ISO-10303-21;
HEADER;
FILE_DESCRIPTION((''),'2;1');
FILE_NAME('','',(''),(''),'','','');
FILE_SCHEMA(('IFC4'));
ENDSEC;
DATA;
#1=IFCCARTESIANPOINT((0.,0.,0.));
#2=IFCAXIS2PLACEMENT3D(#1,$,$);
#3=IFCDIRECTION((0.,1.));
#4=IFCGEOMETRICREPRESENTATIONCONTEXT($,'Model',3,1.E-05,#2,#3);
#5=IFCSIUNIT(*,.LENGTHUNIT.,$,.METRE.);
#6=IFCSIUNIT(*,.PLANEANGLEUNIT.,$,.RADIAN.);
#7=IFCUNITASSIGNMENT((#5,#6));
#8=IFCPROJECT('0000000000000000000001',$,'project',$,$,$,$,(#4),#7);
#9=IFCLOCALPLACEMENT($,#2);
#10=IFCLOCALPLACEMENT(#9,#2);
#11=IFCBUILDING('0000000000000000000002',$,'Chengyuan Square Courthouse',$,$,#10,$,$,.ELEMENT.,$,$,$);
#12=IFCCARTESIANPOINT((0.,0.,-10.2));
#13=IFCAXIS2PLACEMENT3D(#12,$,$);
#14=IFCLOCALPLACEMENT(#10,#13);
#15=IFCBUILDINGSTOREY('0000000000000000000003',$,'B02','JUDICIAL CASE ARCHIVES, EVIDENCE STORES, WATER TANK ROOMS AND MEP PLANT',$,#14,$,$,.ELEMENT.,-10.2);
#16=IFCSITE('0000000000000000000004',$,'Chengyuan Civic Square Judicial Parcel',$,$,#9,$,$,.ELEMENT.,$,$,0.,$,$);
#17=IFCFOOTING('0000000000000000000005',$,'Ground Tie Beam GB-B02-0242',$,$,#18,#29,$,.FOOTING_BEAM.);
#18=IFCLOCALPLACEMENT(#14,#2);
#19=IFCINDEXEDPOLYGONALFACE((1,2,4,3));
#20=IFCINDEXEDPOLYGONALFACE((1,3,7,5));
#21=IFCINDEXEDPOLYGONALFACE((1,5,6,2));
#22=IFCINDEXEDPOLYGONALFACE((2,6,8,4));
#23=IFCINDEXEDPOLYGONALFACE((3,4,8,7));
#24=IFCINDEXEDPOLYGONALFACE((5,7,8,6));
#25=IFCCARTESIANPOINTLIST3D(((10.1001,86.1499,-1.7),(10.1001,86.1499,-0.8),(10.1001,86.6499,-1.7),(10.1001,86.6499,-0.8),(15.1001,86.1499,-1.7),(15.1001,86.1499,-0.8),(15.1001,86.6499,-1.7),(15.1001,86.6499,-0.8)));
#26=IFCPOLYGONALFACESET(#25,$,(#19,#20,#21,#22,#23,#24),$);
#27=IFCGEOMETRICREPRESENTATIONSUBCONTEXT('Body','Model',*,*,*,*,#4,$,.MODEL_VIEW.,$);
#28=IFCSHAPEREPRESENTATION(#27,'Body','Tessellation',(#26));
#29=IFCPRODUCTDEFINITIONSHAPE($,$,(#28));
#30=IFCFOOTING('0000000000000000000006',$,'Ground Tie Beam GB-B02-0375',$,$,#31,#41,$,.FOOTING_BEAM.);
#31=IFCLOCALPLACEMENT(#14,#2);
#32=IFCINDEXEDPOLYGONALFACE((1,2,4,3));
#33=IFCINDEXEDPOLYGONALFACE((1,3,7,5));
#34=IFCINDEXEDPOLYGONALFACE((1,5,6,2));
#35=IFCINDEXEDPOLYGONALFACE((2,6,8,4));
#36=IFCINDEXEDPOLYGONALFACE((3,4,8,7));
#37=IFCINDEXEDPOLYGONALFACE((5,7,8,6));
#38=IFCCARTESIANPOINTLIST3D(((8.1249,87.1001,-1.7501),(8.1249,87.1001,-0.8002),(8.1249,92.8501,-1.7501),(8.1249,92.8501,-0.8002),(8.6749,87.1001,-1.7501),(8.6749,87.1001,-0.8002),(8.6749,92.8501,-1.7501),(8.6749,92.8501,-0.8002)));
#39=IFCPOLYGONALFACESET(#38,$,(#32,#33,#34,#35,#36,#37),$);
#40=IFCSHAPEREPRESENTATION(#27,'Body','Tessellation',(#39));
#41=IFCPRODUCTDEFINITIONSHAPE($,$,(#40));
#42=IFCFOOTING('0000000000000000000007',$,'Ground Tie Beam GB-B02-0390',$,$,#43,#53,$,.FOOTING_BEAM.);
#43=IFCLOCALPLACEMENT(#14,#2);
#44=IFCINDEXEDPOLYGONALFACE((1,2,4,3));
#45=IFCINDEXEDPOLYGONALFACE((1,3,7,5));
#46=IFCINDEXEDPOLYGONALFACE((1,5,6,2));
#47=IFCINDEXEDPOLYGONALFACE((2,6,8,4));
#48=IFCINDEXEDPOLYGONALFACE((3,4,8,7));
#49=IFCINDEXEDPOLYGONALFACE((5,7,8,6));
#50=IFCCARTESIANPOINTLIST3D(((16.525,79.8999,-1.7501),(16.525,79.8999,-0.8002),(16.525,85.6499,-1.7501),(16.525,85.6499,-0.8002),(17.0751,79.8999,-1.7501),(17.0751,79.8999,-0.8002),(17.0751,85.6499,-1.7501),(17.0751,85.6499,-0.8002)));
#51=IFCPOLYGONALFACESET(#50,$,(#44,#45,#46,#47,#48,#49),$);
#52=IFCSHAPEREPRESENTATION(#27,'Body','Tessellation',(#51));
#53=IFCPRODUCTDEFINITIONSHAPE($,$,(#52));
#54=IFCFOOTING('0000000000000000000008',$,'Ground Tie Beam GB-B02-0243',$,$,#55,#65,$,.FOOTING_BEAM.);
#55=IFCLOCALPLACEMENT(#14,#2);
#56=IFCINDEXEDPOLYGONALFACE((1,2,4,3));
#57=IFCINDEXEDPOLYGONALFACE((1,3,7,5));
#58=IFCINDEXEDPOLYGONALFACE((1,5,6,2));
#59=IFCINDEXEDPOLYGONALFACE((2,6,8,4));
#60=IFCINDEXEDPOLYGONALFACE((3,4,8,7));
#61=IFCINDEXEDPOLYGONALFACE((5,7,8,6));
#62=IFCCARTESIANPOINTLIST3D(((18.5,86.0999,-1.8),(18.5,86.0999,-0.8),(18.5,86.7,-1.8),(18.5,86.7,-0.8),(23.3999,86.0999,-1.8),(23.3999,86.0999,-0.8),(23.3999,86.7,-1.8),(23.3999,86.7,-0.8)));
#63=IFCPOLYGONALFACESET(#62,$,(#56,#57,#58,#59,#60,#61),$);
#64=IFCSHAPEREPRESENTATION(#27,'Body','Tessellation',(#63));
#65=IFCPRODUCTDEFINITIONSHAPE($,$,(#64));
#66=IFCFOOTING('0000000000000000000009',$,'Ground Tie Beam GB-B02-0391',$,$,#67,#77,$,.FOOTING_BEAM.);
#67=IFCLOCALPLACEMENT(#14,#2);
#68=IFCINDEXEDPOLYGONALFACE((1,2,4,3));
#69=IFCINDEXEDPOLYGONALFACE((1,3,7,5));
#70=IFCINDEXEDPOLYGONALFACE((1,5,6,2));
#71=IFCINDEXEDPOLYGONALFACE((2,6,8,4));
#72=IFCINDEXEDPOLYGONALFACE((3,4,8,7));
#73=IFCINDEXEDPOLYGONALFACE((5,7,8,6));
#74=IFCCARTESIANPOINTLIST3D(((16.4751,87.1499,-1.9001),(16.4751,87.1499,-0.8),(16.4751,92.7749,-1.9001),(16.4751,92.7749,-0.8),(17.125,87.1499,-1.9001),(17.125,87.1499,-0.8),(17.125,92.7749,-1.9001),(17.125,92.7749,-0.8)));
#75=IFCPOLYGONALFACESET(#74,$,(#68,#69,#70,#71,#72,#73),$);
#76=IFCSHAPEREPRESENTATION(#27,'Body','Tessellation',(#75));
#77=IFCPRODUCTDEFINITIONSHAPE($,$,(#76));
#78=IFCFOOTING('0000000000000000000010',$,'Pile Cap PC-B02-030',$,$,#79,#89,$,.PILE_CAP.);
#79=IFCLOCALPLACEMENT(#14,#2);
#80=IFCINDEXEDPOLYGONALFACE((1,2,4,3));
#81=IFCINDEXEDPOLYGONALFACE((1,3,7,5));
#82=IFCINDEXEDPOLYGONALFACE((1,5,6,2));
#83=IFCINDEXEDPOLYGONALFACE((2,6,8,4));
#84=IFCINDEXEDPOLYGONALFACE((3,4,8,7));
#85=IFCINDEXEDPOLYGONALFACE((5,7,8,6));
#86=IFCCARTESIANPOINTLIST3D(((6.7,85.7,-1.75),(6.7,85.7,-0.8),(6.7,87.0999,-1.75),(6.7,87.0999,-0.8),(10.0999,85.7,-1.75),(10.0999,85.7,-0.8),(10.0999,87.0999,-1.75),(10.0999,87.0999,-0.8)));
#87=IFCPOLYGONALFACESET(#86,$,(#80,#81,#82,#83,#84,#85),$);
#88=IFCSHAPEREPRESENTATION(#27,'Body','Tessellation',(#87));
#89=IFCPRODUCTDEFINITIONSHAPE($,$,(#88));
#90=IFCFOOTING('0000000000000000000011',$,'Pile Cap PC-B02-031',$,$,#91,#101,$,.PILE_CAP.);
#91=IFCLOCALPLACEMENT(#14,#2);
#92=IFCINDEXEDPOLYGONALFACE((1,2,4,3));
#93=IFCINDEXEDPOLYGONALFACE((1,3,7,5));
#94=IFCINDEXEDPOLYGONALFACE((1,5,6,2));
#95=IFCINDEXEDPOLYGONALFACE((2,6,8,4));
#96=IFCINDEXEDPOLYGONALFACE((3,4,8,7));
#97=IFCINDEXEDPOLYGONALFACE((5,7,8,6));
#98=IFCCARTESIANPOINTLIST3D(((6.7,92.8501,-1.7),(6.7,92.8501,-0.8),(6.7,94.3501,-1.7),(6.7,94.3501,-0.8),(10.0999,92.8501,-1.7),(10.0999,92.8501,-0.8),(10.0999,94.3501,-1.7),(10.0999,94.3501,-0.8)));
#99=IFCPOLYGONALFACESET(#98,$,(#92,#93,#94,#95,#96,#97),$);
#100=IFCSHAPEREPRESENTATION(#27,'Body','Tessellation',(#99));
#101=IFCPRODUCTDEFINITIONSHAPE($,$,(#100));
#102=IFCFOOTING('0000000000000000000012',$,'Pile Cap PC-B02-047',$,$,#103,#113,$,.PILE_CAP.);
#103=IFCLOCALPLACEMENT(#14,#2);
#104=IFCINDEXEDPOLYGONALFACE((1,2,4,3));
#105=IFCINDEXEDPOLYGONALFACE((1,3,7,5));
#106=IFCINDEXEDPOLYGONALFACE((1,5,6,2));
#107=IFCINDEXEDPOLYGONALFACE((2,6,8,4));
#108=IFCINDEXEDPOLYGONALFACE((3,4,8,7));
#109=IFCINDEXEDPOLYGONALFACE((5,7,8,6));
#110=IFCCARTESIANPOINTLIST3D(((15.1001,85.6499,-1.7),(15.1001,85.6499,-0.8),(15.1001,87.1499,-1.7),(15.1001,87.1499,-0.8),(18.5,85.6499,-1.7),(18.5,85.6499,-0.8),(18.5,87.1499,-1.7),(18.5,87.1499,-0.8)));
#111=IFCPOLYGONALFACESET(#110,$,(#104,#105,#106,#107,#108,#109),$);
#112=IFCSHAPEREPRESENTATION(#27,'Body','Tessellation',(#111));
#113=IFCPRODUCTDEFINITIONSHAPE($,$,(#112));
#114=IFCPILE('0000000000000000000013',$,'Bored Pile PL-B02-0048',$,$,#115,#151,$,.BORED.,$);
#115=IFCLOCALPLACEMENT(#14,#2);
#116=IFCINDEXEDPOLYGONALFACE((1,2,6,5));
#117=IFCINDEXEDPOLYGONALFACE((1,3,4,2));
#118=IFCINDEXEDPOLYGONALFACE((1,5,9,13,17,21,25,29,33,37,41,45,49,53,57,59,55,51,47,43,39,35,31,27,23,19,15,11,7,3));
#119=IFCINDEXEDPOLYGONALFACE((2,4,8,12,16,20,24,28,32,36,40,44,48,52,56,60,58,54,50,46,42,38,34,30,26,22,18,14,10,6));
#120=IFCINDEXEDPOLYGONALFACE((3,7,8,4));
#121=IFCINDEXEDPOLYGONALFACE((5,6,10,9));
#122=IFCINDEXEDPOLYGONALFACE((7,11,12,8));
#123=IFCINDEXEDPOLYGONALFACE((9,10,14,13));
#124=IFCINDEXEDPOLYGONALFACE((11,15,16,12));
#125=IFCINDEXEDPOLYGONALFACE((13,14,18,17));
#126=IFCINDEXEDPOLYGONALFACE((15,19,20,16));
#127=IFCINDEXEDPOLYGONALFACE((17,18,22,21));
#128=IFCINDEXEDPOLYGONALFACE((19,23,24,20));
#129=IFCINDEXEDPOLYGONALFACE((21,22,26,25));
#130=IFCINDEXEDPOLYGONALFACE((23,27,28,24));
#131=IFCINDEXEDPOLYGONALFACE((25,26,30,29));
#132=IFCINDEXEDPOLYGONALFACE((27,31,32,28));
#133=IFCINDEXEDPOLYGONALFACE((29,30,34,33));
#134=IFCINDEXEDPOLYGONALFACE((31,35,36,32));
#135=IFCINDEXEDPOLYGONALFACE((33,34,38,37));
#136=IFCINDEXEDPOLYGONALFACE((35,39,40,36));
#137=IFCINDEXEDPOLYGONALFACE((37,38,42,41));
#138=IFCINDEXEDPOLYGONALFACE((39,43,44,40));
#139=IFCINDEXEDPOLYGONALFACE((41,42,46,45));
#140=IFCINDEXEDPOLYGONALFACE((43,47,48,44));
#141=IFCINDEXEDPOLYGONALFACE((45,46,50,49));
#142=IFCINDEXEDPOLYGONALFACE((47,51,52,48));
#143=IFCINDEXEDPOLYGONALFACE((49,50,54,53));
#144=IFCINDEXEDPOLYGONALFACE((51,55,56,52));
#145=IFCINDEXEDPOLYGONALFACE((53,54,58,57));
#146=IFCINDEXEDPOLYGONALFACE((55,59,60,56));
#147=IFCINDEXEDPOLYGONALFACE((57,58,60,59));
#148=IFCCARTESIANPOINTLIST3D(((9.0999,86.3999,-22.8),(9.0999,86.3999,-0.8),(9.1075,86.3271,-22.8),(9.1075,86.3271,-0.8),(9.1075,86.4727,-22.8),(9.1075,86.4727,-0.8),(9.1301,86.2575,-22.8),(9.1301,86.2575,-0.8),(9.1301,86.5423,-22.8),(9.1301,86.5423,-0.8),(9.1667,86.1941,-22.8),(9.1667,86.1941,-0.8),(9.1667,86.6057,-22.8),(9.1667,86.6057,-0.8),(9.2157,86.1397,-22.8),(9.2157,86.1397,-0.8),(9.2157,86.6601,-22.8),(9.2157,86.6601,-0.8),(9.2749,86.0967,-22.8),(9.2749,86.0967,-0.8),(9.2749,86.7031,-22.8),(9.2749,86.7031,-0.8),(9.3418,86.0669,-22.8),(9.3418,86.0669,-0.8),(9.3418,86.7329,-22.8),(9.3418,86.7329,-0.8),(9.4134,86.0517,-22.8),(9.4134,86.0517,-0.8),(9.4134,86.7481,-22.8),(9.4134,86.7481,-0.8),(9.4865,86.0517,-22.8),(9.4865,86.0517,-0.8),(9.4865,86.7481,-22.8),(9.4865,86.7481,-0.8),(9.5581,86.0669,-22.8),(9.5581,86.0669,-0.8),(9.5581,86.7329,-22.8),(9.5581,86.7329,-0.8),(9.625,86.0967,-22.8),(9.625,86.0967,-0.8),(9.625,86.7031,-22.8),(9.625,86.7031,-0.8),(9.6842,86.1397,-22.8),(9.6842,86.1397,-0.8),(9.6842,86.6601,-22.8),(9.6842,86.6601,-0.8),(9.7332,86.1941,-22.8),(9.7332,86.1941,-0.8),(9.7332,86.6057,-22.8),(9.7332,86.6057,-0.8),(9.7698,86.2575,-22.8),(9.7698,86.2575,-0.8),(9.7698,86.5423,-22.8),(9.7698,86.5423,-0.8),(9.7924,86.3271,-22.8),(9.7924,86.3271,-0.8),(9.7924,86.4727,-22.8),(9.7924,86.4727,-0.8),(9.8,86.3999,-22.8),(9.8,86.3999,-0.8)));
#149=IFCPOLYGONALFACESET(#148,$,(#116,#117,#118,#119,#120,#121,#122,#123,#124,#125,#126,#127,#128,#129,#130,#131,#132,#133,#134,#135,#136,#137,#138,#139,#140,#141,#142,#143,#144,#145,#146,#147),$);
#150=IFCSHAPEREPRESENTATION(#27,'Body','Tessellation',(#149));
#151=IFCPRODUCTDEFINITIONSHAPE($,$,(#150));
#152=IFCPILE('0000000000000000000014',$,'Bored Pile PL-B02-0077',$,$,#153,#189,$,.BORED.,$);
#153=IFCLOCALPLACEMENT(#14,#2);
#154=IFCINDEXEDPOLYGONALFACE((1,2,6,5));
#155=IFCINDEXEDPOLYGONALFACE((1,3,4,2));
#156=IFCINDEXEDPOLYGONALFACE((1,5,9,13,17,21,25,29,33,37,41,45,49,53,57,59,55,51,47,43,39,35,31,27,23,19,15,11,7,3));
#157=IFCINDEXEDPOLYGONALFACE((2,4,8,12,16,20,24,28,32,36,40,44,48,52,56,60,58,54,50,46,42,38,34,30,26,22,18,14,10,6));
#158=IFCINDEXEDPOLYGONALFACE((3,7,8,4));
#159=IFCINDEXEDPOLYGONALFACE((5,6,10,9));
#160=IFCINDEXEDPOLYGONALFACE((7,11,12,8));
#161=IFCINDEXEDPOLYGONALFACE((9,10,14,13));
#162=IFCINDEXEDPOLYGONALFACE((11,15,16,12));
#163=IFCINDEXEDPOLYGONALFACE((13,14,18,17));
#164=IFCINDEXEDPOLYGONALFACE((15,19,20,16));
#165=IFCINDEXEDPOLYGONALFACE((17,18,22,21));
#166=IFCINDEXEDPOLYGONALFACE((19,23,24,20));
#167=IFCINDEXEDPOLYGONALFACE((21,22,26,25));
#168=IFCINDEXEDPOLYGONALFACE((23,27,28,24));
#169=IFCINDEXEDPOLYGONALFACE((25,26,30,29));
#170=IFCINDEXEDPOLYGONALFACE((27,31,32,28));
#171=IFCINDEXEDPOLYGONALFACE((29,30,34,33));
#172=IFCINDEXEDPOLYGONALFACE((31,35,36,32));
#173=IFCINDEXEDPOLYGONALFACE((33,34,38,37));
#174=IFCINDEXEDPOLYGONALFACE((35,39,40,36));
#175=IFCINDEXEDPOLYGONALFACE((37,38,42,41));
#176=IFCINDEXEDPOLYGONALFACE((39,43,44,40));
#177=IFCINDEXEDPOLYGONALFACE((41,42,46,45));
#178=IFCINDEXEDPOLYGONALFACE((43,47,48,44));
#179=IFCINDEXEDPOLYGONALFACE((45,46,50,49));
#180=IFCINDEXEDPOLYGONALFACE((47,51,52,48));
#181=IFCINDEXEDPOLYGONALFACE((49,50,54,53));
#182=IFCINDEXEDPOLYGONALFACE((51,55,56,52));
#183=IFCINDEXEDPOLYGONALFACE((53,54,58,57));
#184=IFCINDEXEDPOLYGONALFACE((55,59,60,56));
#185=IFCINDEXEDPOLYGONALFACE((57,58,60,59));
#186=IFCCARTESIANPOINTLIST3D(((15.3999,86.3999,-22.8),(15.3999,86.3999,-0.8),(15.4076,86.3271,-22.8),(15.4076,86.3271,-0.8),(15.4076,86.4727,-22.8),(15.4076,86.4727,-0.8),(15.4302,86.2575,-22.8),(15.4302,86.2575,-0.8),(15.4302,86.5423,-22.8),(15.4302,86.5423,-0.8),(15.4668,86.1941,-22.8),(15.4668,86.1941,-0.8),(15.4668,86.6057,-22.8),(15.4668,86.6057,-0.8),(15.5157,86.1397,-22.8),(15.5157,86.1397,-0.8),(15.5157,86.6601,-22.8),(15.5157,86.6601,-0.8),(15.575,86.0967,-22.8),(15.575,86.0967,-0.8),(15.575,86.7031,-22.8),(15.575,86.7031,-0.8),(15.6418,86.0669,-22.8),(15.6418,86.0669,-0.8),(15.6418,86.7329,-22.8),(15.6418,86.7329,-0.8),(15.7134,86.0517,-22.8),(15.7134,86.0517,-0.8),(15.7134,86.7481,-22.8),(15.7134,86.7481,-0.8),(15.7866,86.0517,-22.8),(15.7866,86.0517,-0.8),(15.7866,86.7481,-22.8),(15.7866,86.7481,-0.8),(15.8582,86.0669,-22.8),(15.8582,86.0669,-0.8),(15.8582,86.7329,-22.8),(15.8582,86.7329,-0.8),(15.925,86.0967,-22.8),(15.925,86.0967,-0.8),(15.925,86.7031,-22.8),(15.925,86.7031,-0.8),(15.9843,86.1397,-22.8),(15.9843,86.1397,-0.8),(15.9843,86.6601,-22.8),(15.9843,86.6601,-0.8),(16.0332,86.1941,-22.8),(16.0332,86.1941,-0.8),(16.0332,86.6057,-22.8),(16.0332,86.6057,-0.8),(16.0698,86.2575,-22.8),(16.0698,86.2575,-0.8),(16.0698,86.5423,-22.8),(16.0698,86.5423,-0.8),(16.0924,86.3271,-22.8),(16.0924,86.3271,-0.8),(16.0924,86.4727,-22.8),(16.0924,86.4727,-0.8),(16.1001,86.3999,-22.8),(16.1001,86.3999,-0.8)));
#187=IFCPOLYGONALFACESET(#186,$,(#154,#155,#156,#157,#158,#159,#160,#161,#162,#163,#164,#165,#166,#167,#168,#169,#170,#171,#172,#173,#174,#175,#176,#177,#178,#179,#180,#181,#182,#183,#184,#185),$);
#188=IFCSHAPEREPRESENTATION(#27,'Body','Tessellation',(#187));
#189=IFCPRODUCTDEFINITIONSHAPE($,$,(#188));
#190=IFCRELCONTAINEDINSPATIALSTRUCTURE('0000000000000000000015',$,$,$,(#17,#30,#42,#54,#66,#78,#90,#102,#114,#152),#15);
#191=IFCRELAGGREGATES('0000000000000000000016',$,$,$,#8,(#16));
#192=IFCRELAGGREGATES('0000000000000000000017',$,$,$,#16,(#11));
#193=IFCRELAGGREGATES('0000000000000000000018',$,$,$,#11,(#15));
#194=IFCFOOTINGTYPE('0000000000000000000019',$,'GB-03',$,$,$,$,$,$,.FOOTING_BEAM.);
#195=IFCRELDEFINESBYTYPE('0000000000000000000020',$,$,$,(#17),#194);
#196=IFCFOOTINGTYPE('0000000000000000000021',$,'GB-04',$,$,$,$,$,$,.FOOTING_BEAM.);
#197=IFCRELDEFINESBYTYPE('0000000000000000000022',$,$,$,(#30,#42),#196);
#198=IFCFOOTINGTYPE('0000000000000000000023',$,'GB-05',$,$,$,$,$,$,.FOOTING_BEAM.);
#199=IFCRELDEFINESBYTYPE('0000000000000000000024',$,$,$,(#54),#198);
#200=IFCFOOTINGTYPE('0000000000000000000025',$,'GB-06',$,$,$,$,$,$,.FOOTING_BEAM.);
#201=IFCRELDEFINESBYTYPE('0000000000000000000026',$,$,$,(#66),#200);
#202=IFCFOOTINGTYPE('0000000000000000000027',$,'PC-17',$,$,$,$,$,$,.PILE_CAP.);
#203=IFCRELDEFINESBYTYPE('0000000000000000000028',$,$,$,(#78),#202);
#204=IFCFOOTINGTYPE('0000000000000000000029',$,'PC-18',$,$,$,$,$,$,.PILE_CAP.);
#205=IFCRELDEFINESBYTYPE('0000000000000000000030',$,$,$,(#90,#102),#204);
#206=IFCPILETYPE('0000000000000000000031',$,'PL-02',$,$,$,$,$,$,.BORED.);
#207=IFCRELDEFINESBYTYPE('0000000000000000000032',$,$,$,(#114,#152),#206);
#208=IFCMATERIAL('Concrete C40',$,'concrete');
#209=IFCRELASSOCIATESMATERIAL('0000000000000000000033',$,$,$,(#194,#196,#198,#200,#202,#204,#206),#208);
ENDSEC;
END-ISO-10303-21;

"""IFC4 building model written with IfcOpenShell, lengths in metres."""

from ifc_helpers import new_model, si_unit, direction, frame, origin, origin_2d, place, context, subcontext, project, spatial, rectangle, circle, extrude, material, material_profile, profile_set, type_object, element, save


model = new_model("IFC4")

# Units and contexts
model_context = context("Model", 3, precision=1e-05, world=origin(), true_north=direction((0.0, 1.0)))
body_context = subcontext(model_context, "Body", "Model", "MODEL_VIEW")
ifc_project = project(units=[si_unit("LENGTHUNIT", "METRE"), si_unit("PLANEANGLEUNIT", "RADIAN")], contexts=[model_context])

# Site, building, storey
site_placement = place(None, origin())
site = spatial("IfcSite", under=ifc_project, at=site_placement, Name="Chengyuan Civic Square Judicial Parcel", CompositionType="ELEMENT", RefElevation=0.0)
building_placement = place(site_placement, origin())
building = spatial("IfcBuilding", under=site, at=building_placement, Name="Chengyuan Square Courthouse", CompositionType="ELEMENT")
storey_placement = place(building_placement, frame((0.0, 0.0, -10.2)))
storey = spatial("IfcBuildingStorey", under=building, at=storey_placement, Name="B02", Description="JUDICIAL CASE ARCHIVES, EVIDENCE STORES, WATER TANK ROOMS AND MEP PLANT", CompositionType="ELEMENT", Elevation=-10.2)

# Footings
ifc_material_1 = material(Name="Concrete C40", Category="concrete")
ifc_material_profile_1 = material_profile(ifc_material_1, rectangle(XDim=0.5, YDim=0.8999, at=origin_2d()), Name="GB-500x900")
ifc_profile_set_1 = profile_set([ifc_material_profile_1], Name="Concrete C40")
footing_type_1 = type_object("IfcFootingType", Name="GB-03", PredefinedType="FOOTING_BEAM", material=ifc_profile_set_1)
footing_1_placement = place(storey_placement, frame((10.1001, 86.3999, -1.25), z_axis=(1.0, 0.0, 0.0), x_axis=(0.0, 1.0, 0.0)))
element("IfcFooting", 1, at=footing_1_placement, inside=storey, type_object=footing_type_1, Name="Ground Tie Beam GB-B02-0242", PredefinedType="FOOTING_BEAM", context=body_context, shape_type="SweptSolid", body=[
    extrude(rectangle(XDim=0.5, YDim=0.8999, at=origin_2d()), origin(), (0.0, 0.0, 1.0), 5.0),
])
ifc_material_profile_2 = material_profile(ifc_material_1, rectangle(XDim=0.55, YDim=0.95, at=origin_2d()), Name="GB-550x950")
ifc_profile_set_2 = profile_set([ifc_material_profile_2], Name="Concrete C40")
footing_type_2 = type_object("IfcFootingType", Name="GB-04", PredefinedType="FOOTING_BEAM", material=ifc_profile_set_2)
for number, where, z_axis, x_axis, name in (
    (2, (8.3999, 87.1001, -1.2751), (0.0, 1.0, 0.0), (-1.0, 0.0, 0.0), "Ground Tie Beam GB-B02-0375"),
    (3, (16.8, 79.8999, -1.2751), (0.0, 1.0, 0.0), (-1.0, 0.0, 0.0), "Ground Tie Beam GB-B02-0390"),
):
    element("IfcFooting", number, at=place(storey_placement, frame(where, z_axis=z_axis, x_axis=x_axis)), inside=storey, type_object=footing_type_2, Name=name, PredefinedType="FOOTING_BEAM", context=body_context, shape_type="SweptSolid", body=[
        extrude(rectangle(XDim=0.55, YDim=0.95, at=origin_2d()), origin(), (0.0, 0.0, 1.0), 5.75),
    ])
ifc_material_profile_3 = material_profile(ifc_material_1, rectangle(XDim=0.6001, YDim=1.0, at=origin_2d()), Name="GB-600x1000")
ifc_profile_set_3 = profile_set([ifc_material_profile_3], Name="Concrete C40")
footing_type_3 = type_object("IfcFootingType", Name="GB-05", PredefinedType="FOOTING_BEAM", material=ifc_profile_set_3)
footing_2_placement = place(storey_placement, frame((18.5, 86.3999, -1.3), z_axis=(1.0, 0.0, 0.0), x_axis=(0.0, 1.0, 0.0)))
element("IfcFooting", 4, at=footing_2_placement, inside=storey, type_object=footing_type_3, Name="Ground Tie Beam GB-B02-0243", PredefinedType="FOOTING_BEAM", context=body_context, shape_type="SweptSolid", body=[
    extrude(rectangle(XDim=0.6001, YDim=1.0, at=origin_2d()), origin(), (0.0, 0.0, 1.0), 4.8999),
])
ifc_material_profile_4 = material_profile(ifc_material_1, rectangle(XDim=0.6499, YDim=1.1001, at=origin_2d()), Name="GB-650x1100")
ifc_profile_set_4 = profile_set([ifc_material_profile_4], Name="Concrete C40")
footing_type_4 = type_object("IfcFootingType", Name="GB-06", PredefinedType="FOOTING_BEAM", material=ifc_profile_set_4)
footing_3_placement = place(storey_placement, frame((16.8, 87.1499, -1.3501), z_axis=(0.0, 1.0, 0.0), x_axis=(-1.0, 0.0, 0.0)))
element("IfcFooting", 5, at=footing_3_placement, inside=storey, type_object=footing_type_4, Name="Ground Tie Beam GB-B02-0391", PredefinedType="FOOTING_BEAM", context=body_context, shape_type="SweptSolid", body=[
    extrude(rectangle(XDim=0.6499, YDim=1.1001, at=origin_2d()), origin(), (0.0, 0.0, 1.0), 5.625),
])
footing_type_5 = type_object("IfcFootingType", Name="PC-17", PredefinedType="PILE_CAP", material=ifc_material_1)
footing_4_placement = place(storey_placement, frame((8.3999, 86.3999, -1.75), z_axis=(0.0, 0.0, 1.0), x_axis=(1.0, 0.0, 0.0)))
element("IfcFooting", 6, at=footing_4_placement, inside=storey, type_object=footing_type_5, Name="Pile Cap PC-B02-030", PredefinedType="PILE_CAP", context=body_context, shape_type="SweptSolid", body=[
    extrude(rectangle(XDim=3.3999, YDim=1.3999, at=origin_2d()), origin(), (0.0, 0.0, 1.0), 0.95),
])
footing_type_6 = type_object("IfcFootingType", Name="PC-18", PredefinedType="PILE_CAP", material=ifc_material_1)
for number, where, z_axis, x_axis, name in (
    (7, (8.3999, 93.6001, -1.7), (0.0, 0.0, 1.0), (1.0, 0.0, 0.0), "Pile Cap PC-B02-031"),
    (8, (16.8, 86.3999, -1.7), (0.0, 0.0, 1.0), (1.0, 0.0, 0.0), "Pile Cap PC-B02-047"),
):
    element("IfcFooting", number, at=place(storey_placement, frame(where, z_axis=z_axis, x_axis=x_axis)), inside=storey, type_object=footing_type_6, Name=name, PredefinedType="PILE_CAP", context=body_context, shape_type="SweptSolid", body=[
        extrude(rectangle(XDim=3.3999, YDim=1.5, at=origin_2d()), origin(), (0.0, 0.0, 1.0), 0.8999),
    ])

# Piles
ifc_material_profile_5 = material_profile(ifc_material_1, circle(Radius=0.3501, at=origin_2d()), Name="BORED PILE D700")
ifc_profile_set_5 = profile_set([ifc_material_profile_5], Name="Concrete C40")
pile_type = type_object("IfcPileType", Name="PL-02", PredefinedType="BORED", material=ifc_profile_set_5)
for number, where, z_axis, x_axis, name in (
    (9, (9.45, 86.3999, -0.8), (0.0, 0.0, -1.0), (1.0, 0.0, 0.0), "Bored Pile PL-B02-0048"),
    (10, (15.75, 86.3999, -0.8), (0.0, 0.0, -1.0), (1.0, 0.0, 0.0), "Bored Pile PL-B02-0077"),
):
    element("IfcPile", number, at=place(storey_placement, frame(where, z_axis=z_axis, x_axis=x_axis)), inside=storey, type_object=pile_type, Name=name, PredefinedType="BORED", context=body_context, shape_type="SweptSolid", body=[
        extrude(circle(Radius=0.3501, at=origin_2d()), origin(), (0.0, 0.0, 1.0), 22.0),
    ])

save(model, "model.ifc")
